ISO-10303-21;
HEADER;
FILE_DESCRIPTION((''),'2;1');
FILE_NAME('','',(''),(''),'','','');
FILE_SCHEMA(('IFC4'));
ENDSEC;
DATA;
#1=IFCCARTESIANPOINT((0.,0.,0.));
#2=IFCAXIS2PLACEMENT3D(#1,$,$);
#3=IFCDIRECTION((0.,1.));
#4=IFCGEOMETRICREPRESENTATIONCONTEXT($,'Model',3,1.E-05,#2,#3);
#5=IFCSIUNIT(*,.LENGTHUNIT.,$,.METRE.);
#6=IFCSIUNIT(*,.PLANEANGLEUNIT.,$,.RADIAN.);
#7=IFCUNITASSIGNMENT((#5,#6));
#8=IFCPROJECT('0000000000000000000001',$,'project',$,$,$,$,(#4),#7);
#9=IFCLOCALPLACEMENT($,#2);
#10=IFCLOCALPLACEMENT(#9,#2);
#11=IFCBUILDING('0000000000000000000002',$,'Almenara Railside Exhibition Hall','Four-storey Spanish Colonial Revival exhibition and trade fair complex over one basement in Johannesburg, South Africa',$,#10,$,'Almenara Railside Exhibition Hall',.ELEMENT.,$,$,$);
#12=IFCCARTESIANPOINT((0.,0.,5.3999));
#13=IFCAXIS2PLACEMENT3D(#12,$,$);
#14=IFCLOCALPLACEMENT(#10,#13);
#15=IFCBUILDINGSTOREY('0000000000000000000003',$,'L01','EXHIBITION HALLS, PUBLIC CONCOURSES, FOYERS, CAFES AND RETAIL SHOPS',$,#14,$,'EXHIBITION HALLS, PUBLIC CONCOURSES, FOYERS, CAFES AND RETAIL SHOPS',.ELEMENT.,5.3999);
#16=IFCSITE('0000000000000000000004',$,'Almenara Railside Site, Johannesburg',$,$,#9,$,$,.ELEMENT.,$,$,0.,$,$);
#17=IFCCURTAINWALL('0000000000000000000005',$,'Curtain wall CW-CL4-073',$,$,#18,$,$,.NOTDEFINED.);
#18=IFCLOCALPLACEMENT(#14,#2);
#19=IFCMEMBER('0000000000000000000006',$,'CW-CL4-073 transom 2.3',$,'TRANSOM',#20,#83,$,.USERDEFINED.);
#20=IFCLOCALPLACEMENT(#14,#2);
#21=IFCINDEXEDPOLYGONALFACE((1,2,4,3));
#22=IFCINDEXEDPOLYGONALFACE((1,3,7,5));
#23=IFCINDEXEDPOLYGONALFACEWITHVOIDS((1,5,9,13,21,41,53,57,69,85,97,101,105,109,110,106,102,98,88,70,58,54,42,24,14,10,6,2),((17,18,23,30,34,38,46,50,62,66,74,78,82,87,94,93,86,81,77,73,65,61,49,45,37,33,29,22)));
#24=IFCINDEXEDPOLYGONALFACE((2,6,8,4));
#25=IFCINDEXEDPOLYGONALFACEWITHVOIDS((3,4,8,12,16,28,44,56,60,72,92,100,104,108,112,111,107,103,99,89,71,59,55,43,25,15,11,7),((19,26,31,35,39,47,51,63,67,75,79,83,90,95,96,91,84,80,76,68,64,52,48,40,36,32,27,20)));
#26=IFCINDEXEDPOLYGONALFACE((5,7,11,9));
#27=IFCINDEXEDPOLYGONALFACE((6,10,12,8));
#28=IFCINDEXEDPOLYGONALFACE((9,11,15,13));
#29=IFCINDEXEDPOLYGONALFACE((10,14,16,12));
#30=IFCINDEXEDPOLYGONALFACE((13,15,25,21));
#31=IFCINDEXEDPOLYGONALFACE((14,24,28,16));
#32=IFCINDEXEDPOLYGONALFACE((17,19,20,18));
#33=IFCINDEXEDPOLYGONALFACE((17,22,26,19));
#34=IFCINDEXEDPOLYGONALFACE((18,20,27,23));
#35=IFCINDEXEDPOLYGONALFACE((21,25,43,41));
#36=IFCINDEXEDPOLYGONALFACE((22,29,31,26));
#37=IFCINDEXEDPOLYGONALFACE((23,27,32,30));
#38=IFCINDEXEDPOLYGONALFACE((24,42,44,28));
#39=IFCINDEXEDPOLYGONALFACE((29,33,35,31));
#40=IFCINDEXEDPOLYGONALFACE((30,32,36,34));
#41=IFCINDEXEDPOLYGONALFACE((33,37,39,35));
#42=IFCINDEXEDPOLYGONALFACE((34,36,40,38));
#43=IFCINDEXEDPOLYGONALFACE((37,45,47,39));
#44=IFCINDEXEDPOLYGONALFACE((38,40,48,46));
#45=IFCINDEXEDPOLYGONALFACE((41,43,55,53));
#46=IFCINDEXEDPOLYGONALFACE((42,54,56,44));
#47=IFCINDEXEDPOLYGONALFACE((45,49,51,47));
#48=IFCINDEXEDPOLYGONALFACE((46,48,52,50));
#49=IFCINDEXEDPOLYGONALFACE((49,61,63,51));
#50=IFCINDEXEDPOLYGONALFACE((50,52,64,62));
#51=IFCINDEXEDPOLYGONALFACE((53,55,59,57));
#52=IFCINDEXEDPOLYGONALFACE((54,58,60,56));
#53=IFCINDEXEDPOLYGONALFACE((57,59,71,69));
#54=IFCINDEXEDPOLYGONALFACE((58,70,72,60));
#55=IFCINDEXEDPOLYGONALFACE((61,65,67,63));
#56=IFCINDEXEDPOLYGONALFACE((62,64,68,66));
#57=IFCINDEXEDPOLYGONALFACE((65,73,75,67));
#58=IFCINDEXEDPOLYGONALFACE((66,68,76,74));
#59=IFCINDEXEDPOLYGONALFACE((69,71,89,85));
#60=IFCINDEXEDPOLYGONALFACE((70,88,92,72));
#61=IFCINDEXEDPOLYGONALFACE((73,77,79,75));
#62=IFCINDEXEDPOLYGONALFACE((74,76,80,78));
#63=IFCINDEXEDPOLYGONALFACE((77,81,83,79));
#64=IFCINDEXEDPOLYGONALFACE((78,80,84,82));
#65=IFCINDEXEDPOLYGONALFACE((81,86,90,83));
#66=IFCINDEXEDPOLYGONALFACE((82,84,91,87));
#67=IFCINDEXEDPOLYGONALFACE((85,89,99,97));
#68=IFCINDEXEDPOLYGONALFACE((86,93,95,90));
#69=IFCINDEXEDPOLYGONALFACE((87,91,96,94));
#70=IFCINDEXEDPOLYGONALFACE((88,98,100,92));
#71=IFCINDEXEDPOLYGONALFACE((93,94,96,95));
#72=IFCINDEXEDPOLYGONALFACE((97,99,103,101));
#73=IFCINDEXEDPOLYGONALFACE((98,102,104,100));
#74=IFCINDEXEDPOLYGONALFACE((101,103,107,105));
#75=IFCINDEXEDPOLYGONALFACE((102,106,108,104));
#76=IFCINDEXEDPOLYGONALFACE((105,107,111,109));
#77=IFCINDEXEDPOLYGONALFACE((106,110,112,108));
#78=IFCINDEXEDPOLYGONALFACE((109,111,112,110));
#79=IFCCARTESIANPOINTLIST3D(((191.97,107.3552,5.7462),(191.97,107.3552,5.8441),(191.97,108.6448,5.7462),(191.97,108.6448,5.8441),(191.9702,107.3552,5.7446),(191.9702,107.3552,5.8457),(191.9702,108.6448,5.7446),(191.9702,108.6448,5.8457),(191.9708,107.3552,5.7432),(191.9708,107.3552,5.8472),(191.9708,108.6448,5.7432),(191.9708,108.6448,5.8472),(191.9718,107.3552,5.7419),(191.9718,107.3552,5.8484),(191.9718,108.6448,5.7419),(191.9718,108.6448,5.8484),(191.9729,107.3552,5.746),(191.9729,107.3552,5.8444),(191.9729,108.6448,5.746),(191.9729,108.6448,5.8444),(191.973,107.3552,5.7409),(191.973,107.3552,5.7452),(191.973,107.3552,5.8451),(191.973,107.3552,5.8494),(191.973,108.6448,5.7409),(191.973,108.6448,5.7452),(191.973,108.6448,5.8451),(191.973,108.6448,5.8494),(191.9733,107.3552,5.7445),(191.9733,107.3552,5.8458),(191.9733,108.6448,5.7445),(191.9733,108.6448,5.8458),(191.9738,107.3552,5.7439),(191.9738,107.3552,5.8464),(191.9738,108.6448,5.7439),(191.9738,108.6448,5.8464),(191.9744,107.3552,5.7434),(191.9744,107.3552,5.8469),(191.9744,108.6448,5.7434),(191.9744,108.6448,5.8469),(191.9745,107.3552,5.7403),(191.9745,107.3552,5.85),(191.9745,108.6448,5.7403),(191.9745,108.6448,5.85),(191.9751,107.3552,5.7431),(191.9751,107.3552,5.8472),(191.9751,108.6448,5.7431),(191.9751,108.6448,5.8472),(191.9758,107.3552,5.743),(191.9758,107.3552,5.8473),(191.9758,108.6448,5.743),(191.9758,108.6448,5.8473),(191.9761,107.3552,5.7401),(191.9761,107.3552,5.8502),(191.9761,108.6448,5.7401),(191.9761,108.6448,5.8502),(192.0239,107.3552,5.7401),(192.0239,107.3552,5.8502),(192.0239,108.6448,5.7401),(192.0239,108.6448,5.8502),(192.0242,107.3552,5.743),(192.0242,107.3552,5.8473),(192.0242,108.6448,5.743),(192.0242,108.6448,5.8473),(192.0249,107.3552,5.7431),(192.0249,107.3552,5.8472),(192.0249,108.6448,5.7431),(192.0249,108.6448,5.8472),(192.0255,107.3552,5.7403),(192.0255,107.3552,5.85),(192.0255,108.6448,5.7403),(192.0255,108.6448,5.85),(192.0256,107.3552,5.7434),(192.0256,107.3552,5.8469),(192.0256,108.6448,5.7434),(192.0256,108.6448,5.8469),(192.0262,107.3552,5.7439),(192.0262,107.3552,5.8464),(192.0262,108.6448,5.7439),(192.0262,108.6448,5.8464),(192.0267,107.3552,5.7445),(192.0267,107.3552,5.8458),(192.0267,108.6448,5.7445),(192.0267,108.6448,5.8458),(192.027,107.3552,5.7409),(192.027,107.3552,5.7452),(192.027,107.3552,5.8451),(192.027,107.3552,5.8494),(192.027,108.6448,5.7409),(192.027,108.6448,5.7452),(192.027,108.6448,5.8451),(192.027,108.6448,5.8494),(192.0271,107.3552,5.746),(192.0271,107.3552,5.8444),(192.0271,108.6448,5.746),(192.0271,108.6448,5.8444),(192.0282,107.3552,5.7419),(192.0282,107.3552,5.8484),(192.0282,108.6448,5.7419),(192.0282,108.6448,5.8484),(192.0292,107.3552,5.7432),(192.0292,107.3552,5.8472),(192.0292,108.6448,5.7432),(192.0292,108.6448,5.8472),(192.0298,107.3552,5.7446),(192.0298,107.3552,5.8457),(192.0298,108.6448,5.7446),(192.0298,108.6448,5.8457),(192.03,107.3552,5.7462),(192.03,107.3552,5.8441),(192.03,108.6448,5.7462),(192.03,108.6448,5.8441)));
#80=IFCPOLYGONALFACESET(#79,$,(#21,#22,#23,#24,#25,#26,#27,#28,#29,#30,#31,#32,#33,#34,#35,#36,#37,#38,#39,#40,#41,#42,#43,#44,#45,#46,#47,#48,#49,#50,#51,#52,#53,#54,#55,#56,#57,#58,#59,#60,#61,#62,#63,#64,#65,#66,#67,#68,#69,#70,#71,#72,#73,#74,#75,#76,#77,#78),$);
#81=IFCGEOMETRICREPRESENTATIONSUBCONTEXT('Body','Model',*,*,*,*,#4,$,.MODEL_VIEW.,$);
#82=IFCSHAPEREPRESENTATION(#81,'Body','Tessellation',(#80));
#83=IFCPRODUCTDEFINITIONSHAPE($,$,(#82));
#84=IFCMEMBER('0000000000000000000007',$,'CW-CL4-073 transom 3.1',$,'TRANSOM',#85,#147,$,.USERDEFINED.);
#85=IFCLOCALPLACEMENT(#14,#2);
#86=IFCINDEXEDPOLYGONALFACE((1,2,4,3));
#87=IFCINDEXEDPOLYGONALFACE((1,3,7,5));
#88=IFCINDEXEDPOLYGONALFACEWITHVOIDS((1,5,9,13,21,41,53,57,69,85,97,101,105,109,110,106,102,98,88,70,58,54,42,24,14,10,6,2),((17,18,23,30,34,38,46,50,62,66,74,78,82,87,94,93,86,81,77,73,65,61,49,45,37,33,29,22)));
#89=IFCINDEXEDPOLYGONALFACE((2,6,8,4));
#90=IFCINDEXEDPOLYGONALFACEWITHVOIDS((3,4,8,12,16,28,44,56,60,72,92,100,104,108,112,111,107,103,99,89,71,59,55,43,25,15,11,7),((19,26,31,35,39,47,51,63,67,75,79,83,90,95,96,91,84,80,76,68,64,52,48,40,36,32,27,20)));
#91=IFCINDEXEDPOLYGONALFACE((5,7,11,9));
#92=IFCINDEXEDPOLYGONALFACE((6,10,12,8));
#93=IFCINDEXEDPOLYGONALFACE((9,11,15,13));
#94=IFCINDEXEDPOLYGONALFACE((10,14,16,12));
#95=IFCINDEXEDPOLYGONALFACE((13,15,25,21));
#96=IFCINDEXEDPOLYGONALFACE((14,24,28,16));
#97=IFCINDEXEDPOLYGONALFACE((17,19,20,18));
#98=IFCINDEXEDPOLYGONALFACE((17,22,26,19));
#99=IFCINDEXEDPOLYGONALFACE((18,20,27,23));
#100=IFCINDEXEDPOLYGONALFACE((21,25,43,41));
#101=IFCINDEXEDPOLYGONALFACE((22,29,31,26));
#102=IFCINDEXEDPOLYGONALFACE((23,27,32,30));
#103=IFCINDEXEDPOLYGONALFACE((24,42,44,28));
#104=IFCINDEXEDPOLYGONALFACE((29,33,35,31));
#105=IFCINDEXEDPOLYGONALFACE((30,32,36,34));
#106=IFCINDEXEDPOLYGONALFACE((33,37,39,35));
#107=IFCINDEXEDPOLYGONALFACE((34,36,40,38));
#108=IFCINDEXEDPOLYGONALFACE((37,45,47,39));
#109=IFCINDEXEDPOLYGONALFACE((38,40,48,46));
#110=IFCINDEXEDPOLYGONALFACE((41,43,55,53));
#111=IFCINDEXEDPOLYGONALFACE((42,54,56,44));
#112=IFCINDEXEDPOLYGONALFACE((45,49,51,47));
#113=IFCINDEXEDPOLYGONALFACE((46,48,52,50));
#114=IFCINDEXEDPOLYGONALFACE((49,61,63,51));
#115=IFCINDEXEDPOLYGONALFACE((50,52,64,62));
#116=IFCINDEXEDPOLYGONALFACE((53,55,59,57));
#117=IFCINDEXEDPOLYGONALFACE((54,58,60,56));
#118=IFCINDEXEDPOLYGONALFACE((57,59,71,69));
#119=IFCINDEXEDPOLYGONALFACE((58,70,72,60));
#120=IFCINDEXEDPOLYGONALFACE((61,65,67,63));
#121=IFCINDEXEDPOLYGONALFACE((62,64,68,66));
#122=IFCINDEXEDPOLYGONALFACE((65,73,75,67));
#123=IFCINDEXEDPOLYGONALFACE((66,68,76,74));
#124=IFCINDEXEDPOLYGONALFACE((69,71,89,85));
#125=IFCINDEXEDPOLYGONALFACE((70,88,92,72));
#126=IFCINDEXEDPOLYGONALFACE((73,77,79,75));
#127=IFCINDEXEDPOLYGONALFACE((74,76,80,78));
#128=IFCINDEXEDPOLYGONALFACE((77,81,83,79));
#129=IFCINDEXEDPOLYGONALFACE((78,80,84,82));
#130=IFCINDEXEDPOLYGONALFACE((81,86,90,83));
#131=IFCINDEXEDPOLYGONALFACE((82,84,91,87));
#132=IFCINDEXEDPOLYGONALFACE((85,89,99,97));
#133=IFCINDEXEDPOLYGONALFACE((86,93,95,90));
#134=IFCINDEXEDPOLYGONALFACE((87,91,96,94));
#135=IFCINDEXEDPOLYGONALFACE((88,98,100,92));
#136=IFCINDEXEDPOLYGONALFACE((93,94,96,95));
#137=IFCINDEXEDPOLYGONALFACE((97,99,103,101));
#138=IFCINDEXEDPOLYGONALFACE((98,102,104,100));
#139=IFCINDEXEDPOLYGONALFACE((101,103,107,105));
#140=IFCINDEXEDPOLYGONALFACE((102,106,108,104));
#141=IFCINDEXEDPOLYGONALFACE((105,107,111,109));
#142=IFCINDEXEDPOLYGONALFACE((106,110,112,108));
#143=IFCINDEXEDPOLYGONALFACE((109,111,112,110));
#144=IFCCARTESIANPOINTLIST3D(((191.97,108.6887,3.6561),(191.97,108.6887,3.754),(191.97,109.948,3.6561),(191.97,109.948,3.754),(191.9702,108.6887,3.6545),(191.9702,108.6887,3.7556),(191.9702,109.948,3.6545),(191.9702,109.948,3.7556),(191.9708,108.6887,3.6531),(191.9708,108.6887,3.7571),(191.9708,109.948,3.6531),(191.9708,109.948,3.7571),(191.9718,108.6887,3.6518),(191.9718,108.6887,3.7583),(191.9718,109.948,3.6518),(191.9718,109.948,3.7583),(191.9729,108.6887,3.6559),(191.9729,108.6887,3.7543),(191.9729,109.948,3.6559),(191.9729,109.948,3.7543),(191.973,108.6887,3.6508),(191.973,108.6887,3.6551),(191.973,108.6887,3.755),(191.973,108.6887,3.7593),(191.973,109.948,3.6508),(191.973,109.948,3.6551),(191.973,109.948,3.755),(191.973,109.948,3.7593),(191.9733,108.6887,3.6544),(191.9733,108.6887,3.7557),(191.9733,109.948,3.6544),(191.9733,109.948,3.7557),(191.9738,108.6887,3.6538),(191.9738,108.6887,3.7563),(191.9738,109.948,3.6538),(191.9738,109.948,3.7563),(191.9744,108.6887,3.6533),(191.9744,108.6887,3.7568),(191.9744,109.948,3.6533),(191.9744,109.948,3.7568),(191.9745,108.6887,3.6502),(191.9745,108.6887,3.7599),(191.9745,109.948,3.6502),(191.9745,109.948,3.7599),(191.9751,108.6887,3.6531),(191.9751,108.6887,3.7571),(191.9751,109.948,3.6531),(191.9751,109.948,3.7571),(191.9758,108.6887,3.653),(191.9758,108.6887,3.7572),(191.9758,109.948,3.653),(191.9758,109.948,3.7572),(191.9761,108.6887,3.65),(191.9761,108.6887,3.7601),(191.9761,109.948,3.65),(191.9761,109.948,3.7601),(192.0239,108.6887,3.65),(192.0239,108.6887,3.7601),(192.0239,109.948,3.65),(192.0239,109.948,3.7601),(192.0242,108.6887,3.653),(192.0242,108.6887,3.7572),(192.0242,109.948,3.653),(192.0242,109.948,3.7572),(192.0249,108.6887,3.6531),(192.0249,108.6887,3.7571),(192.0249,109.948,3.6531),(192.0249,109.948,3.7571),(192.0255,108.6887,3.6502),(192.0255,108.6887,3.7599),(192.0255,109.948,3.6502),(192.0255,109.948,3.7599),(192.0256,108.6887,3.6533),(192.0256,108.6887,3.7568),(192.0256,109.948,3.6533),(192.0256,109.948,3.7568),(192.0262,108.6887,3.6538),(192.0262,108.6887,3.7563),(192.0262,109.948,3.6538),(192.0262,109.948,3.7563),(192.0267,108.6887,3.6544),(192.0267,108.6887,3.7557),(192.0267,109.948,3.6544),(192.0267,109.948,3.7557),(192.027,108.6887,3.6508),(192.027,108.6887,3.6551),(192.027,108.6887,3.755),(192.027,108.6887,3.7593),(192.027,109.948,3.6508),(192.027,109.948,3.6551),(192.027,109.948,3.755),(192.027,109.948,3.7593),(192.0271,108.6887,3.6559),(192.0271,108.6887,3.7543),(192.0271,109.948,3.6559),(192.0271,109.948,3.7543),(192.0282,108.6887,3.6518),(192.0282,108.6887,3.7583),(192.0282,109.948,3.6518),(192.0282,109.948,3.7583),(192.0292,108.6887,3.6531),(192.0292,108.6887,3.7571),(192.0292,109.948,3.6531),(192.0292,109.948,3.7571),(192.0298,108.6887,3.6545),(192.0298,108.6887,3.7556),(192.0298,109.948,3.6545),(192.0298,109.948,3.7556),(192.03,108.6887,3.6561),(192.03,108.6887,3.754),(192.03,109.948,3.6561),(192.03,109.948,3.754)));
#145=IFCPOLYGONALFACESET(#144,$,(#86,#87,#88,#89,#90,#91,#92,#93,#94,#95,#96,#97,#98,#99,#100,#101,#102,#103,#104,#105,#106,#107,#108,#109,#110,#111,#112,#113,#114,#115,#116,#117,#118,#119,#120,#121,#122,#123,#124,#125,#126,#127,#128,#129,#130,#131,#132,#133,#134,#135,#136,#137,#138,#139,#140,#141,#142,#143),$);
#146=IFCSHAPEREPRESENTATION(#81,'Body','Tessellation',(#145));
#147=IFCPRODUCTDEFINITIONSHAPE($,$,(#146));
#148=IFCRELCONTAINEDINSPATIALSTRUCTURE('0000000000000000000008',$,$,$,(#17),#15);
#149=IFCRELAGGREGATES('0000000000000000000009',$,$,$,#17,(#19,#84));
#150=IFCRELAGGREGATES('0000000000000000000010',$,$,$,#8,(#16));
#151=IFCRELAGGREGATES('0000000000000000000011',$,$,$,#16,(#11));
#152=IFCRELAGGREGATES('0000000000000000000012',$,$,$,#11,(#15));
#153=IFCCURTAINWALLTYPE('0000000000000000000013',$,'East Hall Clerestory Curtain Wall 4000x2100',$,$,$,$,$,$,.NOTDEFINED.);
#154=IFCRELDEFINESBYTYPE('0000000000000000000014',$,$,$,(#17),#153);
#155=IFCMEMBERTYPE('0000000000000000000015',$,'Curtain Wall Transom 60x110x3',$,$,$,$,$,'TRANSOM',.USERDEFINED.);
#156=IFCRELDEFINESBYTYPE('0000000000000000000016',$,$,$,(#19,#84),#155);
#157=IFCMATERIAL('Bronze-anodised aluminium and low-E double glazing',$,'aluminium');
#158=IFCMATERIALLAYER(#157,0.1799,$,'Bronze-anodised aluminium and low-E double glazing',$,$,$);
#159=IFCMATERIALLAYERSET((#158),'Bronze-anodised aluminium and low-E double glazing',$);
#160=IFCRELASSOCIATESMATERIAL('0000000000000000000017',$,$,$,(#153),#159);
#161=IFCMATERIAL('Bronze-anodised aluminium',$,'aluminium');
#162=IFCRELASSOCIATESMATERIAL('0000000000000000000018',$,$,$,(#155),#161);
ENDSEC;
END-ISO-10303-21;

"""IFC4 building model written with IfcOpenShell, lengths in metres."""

from ifc_helpers import new_model, si_unit, direction, frame, origin, origin_2d, place, context, subcontext, project, spatial, hollow_rectangle, extrude, material, layer, layer_set, material_profile, profile_set, type_object, element, aggregate, save


model = new_model("IFC4")

# Units and contexts
model_context = context("Model", 3, precision=1e-05, world=origin(), true_north=direction((0.0, 1.0)))
body_context = subcontext(model_context, "Body", "Model", "MODEL_VIEW")
ifc_project = project(units=[si_unit("LENGTHUNIT", "METRE"), si_unit("PLANEANGLEUNIT", "RADIAN")], contexts=[model_context])

# Site, building, storey
site_placement = place(None, origin())
site = spatial("IfcSite", under=ifc_project, at=site_placement, Name="Almenara Railside Site, Johannesburg", CompositionType="ELEMENT", RefElevation=0.0)
building_placement = place(site_placement, origin())
building = spatial("IfcBuilding", under=site, at=building_placement, Name="Almenara Railside Exhibition Hall", Description="Four-storey Spanish Colonial Revival exhibition and trade fair complex over one basement in Johannesburg, South Africa", LongName="Almenara Railside Exhibition Hall", CompositionType="ELEMENT")
storey_placement = place(building_placement, frame((0.0, 0.0, 5.3999)))
storey = spatial("IfcBuildingStorey", under=building, at=storey_placement, Name="L01", Description="EXHIBITION HALLS, PUBLIC CONCOURSES, FOYERS, CAFES AND RETAIL SHOPS", LongName="EXHIBITION HALLS, PUBLIC CONCOURSES, FOYERS, CAFES AND RETAIL SHOPS", CompositionType="ELEMENT", Elevation=5.3999)

# Curtain wall
ifc_material_1 = material(Name="Bronze-anodised aluminium and low-E double glazing", Category="aluminium")
ifc_layer_1 = layer(ifc_material_1, 0.1799, Name="Bronze-anodised aluminium and low-E double glazing")
ifc_layer_set_1 = layer_set([ifc_layer_1], Name="Bronze-anodised aluminium and low-E double glazing")
curtain_wall_type = type_object("IfcCurtainWallType", Name="East Hall Clerestory Curtain Wall 4000x2100", PredefinedType="NOTDEFINED", material=ifc_layer_set_1)
ifc_material_2 = material(Name="Bronze-anodised aluminium", Category="aluminium")
curtain_wall_1_placement = place(storey_placement, origin())
curtain_wall_1 = element("IfcCurtainWall", 1, at=curtain_wall_1_placement, inside=storey, type_object=curtain_wall_type, Name="Curtain wall CW-CL4-073", PredefinedType="NOTDEFINED")

# Members
ifc_material_profile_1 = material_profile(ifc_material_2, hollow_rectangle(XDim=0.0601, YDim=0.1101, WallThickness=0.0029, InnerFilletRadius=0.0029, OuterFilletRadius=0.0061, at=origin_2d()), Name="ALU-TRN 60x110x3")
ifc_profile_set_1 = profile_set([ifc_material_profile_1], Name="Bronze-anodised aluminium")
member_type_1 = type_object("IfcMemberType", Name="Curtain Wall Transom 60x110x3", ElementType="TRANSOM", PredefinedType="USERDEFINED", material=ifc_profile_set_1)
member_1_placement = place(storey_placement, frame((192.0, 107.3552, 5.7952), z_axis=(0.0, 1.0, 0.0), x_axis=(-1.0, 0.0, 0.0)))
member_1 = element("IfcMember", 2, at=member_1_placement, type_object=member_type_1, Name="CW-CL4-073 transom 2.3", ObjectType="TRANSOM", PredefinedType="USERDEFINED", context=body_context, shape_type="SweptSolid", body=[
    extrude(hollow_rectangle(XDim=0.0601, YDim=0.1101, WallThickness=0.0029, InnerFilletRadius=0.0029, OuterFilletRadius=0.0061, at=origin_2d()), origin(), (0.0, 0.0, 1.0), 1.2896),
])
member_2_placement = place(storey_placement, frame((192.0, 108.6887, 3.7051), z_axis=(0.0, 1.0, 0.0), x_axis=(-1.0, 0.0, 0.0)))
member_2 = element("IfcMember", 3, at=member_2_placement, type_object=member_type_1, Name="CW-CL4-073 transom 3.1", ObjectType="TRANSOM", PredefinedType="USERDEFINED", context=body_context, shape_type="SweptSolid", body=[
    extrude(hollow_rectangle(XDim=0.0601, YDim=0.1101, WallThickness=0.0029, InnerFilletRadius=0.0029, OuterFilletRadius=0.0061, at=origin_2d()), origin(), (0.0, 0.0, 1.0), 1.2593),
])

aggregate(curtain_wall_1, [member_1, member_2])

save(model, "model.ifc")
